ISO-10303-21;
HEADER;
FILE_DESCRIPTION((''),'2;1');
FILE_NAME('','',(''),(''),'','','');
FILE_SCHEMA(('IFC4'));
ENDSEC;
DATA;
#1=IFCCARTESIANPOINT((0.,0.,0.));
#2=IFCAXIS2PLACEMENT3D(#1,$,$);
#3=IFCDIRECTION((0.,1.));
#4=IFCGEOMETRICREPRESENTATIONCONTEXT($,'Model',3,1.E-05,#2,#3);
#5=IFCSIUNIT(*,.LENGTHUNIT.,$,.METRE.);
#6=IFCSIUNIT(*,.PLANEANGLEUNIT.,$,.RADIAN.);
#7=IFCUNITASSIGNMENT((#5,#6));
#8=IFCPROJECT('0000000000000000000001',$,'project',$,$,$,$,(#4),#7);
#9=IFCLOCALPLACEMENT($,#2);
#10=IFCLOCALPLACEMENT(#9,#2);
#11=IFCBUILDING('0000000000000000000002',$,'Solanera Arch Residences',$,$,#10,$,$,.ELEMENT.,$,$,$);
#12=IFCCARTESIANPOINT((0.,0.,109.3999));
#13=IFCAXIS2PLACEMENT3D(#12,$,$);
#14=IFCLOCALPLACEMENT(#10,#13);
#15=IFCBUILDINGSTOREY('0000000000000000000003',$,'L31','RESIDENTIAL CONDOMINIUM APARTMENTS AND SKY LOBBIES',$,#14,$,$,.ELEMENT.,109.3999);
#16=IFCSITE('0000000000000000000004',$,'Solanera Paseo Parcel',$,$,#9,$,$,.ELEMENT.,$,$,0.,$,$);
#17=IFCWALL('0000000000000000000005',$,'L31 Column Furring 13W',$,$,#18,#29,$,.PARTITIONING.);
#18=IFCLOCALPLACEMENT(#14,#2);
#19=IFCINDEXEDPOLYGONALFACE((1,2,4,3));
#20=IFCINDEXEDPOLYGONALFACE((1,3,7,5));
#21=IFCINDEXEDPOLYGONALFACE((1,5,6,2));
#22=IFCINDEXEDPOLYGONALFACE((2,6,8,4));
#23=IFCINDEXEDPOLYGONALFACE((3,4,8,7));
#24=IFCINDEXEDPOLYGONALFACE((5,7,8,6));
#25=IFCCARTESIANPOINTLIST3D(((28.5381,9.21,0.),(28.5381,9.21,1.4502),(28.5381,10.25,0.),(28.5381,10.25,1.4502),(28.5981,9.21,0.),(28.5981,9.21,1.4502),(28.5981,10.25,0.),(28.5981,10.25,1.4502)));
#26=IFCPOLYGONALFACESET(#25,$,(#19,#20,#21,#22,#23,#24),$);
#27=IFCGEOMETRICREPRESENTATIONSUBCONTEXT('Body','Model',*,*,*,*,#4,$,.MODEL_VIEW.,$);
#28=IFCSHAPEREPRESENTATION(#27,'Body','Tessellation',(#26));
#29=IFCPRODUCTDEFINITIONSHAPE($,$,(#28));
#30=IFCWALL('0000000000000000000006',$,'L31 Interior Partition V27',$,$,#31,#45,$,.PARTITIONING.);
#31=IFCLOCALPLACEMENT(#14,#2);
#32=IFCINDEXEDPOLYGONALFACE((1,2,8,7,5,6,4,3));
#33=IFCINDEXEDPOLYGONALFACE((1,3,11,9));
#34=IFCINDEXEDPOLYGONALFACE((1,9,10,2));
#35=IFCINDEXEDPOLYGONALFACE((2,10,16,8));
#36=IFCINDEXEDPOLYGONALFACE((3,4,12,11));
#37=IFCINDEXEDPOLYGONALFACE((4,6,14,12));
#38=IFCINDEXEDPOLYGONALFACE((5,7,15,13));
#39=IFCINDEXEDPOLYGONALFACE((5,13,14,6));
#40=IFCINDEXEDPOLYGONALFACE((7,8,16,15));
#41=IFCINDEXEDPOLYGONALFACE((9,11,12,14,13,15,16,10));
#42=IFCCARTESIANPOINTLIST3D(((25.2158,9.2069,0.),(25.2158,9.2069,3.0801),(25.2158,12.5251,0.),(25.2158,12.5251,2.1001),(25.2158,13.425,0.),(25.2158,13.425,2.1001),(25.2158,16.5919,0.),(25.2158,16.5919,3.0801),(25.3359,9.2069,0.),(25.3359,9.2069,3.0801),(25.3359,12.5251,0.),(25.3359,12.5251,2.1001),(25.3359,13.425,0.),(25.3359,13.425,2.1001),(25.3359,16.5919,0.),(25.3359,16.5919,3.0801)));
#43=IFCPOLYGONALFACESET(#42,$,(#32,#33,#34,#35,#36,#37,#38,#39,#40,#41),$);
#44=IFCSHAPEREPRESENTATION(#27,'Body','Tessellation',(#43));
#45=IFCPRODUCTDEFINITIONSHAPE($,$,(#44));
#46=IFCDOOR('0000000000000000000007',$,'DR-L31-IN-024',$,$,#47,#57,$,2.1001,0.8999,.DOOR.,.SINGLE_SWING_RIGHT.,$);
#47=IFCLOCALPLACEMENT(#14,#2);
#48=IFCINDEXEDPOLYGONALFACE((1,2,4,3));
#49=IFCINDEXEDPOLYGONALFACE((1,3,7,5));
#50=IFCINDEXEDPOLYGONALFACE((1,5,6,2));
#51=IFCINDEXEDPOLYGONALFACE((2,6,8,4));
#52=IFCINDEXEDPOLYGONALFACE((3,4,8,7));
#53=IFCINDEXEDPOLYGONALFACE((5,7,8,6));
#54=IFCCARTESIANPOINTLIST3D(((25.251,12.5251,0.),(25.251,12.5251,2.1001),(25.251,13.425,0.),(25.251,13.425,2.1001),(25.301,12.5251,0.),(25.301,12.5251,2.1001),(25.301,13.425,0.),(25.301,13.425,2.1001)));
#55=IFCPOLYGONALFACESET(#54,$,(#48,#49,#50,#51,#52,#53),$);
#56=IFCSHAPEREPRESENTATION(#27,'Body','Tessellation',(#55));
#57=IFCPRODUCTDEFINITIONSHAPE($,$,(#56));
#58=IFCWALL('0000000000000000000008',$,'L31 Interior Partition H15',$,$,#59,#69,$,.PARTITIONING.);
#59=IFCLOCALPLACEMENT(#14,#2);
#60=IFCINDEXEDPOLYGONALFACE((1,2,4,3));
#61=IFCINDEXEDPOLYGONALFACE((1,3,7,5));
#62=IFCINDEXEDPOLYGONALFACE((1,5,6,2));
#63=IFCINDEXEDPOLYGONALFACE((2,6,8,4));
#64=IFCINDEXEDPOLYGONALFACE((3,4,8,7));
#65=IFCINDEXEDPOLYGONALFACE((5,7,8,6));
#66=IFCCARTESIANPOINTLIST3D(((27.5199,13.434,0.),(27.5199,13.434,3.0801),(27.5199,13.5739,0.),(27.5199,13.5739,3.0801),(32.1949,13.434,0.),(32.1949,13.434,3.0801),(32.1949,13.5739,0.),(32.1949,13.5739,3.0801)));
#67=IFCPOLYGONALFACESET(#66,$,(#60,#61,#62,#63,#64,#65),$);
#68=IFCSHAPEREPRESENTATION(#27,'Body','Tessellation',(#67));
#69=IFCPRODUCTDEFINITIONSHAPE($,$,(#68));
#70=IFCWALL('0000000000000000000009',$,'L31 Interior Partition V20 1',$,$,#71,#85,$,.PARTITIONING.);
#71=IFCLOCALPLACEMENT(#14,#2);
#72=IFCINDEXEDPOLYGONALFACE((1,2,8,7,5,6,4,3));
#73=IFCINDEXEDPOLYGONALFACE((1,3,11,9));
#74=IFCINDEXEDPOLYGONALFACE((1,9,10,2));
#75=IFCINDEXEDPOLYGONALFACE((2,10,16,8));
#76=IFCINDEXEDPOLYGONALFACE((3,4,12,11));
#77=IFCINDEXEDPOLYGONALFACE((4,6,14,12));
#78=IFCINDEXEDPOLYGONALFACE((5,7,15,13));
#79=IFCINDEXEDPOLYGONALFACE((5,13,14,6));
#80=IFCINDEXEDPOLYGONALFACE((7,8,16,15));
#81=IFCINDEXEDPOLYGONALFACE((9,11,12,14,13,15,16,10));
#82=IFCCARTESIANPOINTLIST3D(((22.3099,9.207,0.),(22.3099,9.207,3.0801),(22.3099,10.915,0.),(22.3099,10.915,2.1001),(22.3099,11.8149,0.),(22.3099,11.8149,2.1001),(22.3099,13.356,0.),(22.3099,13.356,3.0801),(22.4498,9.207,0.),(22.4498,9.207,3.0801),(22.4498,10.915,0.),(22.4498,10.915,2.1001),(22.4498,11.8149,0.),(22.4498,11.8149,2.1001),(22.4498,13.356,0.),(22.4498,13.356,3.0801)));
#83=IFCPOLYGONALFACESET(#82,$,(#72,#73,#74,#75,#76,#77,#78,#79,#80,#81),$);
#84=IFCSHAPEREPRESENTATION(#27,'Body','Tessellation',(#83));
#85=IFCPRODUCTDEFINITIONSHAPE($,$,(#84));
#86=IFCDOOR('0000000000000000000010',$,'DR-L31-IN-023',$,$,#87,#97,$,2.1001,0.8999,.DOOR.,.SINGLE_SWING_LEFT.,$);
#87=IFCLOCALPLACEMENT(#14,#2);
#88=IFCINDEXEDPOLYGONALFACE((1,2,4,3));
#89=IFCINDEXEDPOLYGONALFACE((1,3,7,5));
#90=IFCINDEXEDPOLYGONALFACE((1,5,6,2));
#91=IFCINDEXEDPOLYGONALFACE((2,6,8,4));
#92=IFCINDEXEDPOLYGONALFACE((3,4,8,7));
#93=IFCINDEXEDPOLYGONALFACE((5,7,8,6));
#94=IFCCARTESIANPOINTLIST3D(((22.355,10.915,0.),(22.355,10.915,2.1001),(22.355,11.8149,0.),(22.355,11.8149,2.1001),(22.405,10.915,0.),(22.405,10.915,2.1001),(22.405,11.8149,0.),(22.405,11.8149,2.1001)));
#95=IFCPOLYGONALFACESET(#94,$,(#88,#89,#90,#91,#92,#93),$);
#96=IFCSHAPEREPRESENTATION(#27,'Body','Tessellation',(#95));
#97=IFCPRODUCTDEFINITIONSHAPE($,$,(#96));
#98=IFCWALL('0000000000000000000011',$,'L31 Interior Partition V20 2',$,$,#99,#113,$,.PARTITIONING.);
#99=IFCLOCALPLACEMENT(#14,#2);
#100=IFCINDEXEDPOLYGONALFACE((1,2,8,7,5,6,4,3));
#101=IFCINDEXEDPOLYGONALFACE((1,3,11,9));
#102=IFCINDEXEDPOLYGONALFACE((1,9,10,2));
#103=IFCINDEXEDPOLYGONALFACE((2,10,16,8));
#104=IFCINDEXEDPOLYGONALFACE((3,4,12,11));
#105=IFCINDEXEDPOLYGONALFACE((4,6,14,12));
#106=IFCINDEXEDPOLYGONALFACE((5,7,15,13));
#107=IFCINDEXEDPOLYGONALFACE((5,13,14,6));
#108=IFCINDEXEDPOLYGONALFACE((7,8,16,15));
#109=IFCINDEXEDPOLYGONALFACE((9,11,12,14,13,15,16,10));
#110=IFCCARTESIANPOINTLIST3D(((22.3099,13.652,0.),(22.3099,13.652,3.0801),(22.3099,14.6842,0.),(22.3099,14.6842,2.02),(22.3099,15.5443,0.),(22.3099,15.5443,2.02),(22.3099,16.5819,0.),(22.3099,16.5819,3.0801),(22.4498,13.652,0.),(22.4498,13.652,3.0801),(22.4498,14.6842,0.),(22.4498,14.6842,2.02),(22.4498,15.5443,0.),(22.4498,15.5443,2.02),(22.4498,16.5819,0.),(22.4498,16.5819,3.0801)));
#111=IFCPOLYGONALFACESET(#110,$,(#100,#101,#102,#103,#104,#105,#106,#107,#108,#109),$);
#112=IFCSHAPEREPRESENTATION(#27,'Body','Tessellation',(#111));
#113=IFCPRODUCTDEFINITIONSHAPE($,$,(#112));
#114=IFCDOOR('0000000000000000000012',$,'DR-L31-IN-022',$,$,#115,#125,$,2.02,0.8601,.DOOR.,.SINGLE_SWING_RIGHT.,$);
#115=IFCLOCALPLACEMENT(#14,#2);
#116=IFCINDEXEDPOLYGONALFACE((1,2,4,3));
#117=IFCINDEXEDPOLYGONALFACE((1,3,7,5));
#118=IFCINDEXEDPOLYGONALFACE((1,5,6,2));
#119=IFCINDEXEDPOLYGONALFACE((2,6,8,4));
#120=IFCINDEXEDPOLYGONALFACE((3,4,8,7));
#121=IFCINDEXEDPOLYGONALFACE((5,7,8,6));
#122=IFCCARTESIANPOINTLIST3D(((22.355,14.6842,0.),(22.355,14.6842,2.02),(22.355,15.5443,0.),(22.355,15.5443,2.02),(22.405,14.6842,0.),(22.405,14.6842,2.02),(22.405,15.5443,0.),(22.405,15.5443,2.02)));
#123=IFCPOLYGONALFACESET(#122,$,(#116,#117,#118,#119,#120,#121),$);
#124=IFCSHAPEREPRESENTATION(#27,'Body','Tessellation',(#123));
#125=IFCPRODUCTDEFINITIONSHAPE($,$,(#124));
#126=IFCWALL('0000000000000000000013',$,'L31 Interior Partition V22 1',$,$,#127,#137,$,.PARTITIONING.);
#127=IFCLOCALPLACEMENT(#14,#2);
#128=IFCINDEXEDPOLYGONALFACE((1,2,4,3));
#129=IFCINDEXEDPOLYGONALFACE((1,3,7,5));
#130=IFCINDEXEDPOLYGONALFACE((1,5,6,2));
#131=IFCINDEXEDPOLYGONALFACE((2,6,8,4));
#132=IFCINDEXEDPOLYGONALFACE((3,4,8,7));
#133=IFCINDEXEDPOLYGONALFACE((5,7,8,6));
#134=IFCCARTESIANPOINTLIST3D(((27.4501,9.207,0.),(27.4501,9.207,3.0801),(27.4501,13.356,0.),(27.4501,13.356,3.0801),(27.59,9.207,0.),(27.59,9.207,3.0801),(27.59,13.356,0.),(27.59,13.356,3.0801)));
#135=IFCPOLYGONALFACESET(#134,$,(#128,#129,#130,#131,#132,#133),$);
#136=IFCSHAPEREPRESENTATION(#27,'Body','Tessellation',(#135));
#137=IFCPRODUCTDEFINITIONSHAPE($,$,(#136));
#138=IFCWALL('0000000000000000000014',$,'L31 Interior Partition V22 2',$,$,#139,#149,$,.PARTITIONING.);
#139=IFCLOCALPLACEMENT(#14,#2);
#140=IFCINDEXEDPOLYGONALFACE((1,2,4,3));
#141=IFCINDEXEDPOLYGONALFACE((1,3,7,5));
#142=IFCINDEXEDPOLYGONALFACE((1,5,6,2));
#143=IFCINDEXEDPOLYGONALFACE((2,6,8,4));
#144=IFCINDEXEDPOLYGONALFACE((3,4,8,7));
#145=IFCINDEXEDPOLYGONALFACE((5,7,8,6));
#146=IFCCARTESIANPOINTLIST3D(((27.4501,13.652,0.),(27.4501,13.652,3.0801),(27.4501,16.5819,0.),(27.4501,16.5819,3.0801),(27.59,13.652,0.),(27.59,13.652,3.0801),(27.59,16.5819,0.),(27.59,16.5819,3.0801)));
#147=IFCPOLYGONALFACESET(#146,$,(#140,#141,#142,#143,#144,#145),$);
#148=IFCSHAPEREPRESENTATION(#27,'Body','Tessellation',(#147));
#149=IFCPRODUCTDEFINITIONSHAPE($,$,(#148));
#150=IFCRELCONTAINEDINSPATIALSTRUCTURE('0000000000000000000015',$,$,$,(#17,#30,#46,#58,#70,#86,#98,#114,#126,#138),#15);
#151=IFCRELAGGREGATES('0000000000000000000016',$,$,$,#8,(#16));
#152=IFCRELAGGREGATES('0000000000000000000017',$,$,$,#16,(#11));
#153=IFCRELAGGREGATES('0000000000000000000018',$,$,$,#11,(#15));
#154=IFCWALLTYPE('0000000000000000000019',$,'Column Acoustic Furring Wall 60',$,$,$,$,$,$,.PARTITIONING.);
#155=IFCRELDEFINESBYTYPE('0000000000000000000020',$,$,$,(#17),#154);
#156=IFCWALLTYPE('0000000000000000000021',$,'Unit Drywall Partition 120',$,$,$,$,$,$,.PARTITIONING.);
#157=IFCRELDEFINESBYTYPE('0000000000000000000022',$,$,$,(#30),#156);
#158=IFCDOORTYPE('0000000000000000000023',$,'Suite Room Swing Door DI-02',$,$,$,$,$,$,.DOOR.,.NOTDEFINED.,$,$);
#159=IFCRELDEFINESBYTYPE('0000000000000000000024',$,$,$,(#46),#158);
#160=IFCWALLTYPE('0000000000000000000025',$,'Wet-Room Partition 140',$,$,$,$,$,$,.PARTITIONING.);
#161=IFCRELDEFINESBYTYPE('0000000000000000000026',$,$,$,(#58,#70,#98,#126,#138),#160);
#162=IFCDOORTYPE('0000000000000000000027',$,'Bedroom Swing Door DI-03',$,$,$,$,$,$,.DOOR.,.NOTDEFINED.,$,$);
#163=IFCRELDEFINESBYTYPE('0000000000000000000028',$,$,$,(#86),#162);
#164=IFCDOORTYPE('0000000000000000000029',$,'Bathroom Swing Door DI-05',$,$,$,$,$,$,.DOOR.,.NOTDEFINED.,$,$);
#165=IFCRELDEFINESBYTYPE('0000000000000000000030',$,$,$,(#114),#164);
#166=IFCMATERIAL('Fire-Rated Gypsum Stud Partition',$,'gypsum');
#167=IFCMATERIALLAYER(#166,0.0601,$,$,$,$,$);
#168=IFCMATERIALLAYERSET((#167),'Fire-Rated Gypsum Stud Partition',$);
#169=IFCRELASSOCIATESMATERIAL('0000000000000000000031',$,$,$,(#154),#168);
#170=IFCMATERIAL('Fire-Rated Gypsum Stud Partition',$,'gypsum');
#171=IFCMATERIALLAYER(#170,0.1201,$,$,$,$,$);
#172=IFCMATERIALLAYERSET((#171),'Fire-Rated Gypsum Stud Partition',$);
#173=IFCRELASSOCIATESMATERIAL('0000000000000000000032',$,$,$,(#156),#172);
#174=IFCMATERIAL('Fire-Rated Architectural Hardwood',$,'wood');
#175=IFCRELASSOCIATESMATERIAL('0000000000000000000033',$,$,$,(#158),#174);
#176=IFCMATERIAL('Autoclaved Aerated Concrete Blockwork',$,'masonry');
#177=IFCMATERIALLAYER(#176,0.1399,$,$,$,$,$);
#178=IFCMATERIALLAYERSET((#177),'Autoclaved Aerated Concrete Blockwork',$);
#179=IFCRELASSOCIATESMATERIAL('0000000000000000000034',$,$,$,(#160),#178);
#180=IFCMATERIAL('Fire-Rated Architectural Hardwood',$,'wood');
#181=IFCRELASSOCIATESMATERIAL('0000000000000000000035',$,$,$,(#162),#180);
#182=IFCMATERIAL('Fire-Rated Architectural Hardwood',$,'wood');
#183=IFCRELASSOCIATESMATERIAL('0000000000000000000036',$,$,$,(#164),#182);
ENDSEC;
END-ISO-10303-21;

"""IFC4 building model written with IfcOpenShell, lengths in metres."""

from ifc_helpers import new_model, si_unit, direction, frame, frame_2d, origin, place, context, subcontext, project, spatial, rectangle, extrude, material, layer, layer_set, type_object, element, fill, save


model = new_model("IFC4")

# Units and contexts
model_context = context("Model", 3, precision=1e-05, world=origin(), true_north=direction((0.0, 1.0)))
body_context = subcontext(model_context, "Body", "Model", "MODEL_VIEW")
ifc_project = project(units=[si_unit("LENGTHUNIT", "METRE"), si_unit("PLANEANGLEUNIT", "RADIAN")], contexts=[model_context])

# Site, building, storey
site_placement = place(None, origin())
site = spatial("IfcSite", under=ifc_project, at=site_placement, Name="Solanera Paseo Parcel", CompositionType="ELEMENT", RefElevation=0.0)
building_placement = place(site_placement, origin())
building = spatial("IfcBuilding", under=site, at=building_placement, Name="Solanera Arch Residences", CompositionType="ELEMENT")
storey_placement = place(building_placement, frame((0.0, 0.0, 109.3999)))
storey = spatial("IfcBuildingStorey", under=building, at=storey_placement, Name="L31", Description="RESIDENTIAL CONDOMINIUM APARTMENTS AND SKY LOBBIES", CompositionType="ELEMENT", Elevation=109.3999)

# Wall
ifc_material_1 = material(Name="Fire-Rated Gypsum Stud Partition", Category="gypsum")
ifc_layer_1 = layer(ifc_material_1, 0.0601)
ifc_layer_set_1 = layer_set([ifc_layer_1], Name="Fire-Rated Gypsum Stud Partition")
wall_type_1 = type_object("IfcWallType", Name="Column Acoustic Furring Wall 60", PredefinedType="PARTITIONING", material=ifc_layer_set_1)
wall_1_placement = place(storey_placement, frame((28.5681, 9.21, 0.0), z_axis=(0.0, 0.0, 1.0), x_axis=(0.0, 1.0, 0.0)))
element("IfcWall", 1, at=wall_1_placement, inside=storey, type_object=wall_type_1, Name="L31 Column Furring 13W", PredefinedType="PARTITIONING", context=body_context, shape_type="SweptSolid", body=[
    extrude(rectangle(XDim=1.04, YDim=0.0601, at=frame_2d((0.52, 0.0))), origin(), (0.0, 0.0, 1.0), 1.4502),
])

# Wall, opening, door
ifc_material_2 = material(Name="Fire-Rated Gypsum Stud Partition", Category="gypsum")
ifc_layer_2 = layer(ifc_material_2, 0.1201)
ifc_layer_set_2 = layer_set([ifc_layer_2], Name="Fire-Rated Gypsum Stud Partition")
wall_type_2 = type_object("IfcWallType", Name="Unit Drywall Partition 120", PredefinedType="PARTITIONING", material=ifc_layer_set_2)
wall_2_placement = place(storey_placement, frame((25.2759, 9.207, 0.0), z_axis=(0.0, 0.0, 1.0), x_axis=(0.0, 1.0, 0.0)))
wall_2 = element("IfcWall", 2, at=wall_2_placement, inside=storey, type_object=wall_type_2, Name="L31 Interior Partition V27", PredefinedType="PARTITIONING", context=body_context, shape_type="SweptSolid", body=[
    extrude(rectangle(XDim=7.385, YDim=0.1201, at=frame_2d((3.6924, 0.0))), origin(), (0.0, 0.0, 1.0), 3.0801),
])
opening_1_placement = place(wall_2_placement, frame((3.3181, 0.0, 0.0)))
opening_1 = element("IfcOpeningElement", 3, at=opening_1_placement, cuts=wall_2, PredefinedType="OPENING", context=body_context, shape_type="SweptSolid", body=[
    extrude(rectangle(XDim=0.8999, YDim=2.1001, at=frame_2d((0.45, 1.05))), frame((0.0, 0.0701, 0.0), z_axis=(0.0, -1.0, 0.0), x_axis=(1.0, 0.0, 0.0)), (0.0, 0.0, 1.0), 0.1401),
])
ifc_material_3 = material(Name="Fire-Rated Architectural Hardwood", Category="wood")
door_type_1 = type_object("IfcDoorType", Name="Suite Room Swing Door DI-02", OperationType="NOTDEFINED", PredefinedType="DOOR", material=ifc_material_3)
door_1_placement = place(opening_1_placement, origin())
door_1 = element("IfcDoor", 4, at=door_1_placement, inside=storey, type_object=door_type_1, Name="DR-L31-IN-024", OperationType="SINGLE_SWING_RIGHT", OverallHeight=2.1001, OverallWidth=0.8999, PredefinedType="DOOR", context=body_context, shape_type="SweptSolid", body=[
    extrude(rectangle(XDim=0.8999, YDim=2.1001, at=frame_2d((0.45, 1.05))), frame((0.0, 0.0249, 0.0), z_axis=(0.0, -1.0, 0.0), x_axis=(1.0, 0.0, 0.0)), (0.0, 0.0, 1.0), 0.05),
])
fill(opening_1, door_1)

# Wall
ifc_material_4 = material(Name="Autoclaved Aerated Concrete Blockwork", Category="masonry")
ifc_layer_3 = layer(ifc_material_4, 0.1399)
ifc_layer_set_3 = layer_set([ifc_layer_3], Name="Autoclaved Aerated Concrete Blockwork")
wall_type_3 = type_object("IfcWallType", Name="Wet-Room Partition 140", PredefinedType="PARTITIONING", material=ifc_layer_set_3)
wall_3_placement = place(storey_placement, frame((27.52, 13.5039, 0.0), z_axis=(0.0, 0.0, 1.0), x_axis=(1.0, 0.0, 0.0)))
element("IfcWall", 5, at=wall_3_placement, inside=storey, type_object=wall_type_3, Name="L31 Interior Partition H15", PredefinedType="PARTITIONING", context=body_context, shape_type="SweptSolid", body=[
    extrude(rectangle(XDim=4.675, YDim=0.1399, at=frame_2d((2.3374, 0.0))), origin(), (0.0, 0.0, 1.0), 3.0801),
])

# Walls, openings, doors
wall_4_placement = place(storey_placement, frame((22.3799, 9.207, 0.0), z_axis=(0.0, 0.0, 1.0), x_axis=(0.0, 1.0, 0.0)))
wall_4 = element("IfcWall", 6, at=wall_4_placement, inside=storey, type_object=wall_type_3, Name="L31 Interior Partition V20 1", PredefinedType="PARTITIONING", context=body_context, shape_type="SweptSolid", body=[
    extrude(rectangle(XDim=4.1489, YDim=0.1399, at=frame_2d((2.0745, 0.0))), origin(), (0.0, 0.0, 1.0), 3.0801),
])
opening_2_placement = place(wall_4_placement, frame((1.708, 0.0, 0.0)))
opening_2 = element("IfcOpeningElement", 7, at=opening_2_placement, cuts=wall_4, PredefinedType="OPENING", context=body_context, shape_type="SweptSolid", body=[
    extrude(rectangle(XDim=0.8999, YDim=2.1001, at=frame_2d((0.45, 1.05))), frame((0.0, 0.0798, 0.0), z_axis=(0.0, -1.0, 0.0), x_axis=(1.0, 0.0, 0.0)), (0.0, 0.0, 1.0), 0.1599),
])
ifc_material_5 = material(Name="Fire-Rated Architectural Hardwood", Category="wood")
door_type_2 = type_object("IfcDoorType", Name="Bedroom Swing Door DI-03", OperationType="NOTDEFINED", PredefinedType="DOOR", material=ifc_material_5)
door_2_placement = place(opening_2_placement, origin())
door_2 = element("IfcDoor", 8, at=door_2_placement, inside=storey, type_object=door_type_2, Name="DR-L31-IN-023", OperationType="SINGLE_SWING_LEFT", OverallHeight=2.1001, OverallWidth=0.8999, PredefinedType="DOOR", context=body_context, shape_type="SweptSolid", body=[
    extrude(rectangle(XDim=0.8999, YDim=2.1001, at=frame_2d((0.45, 1.05))), frame((0.0, 0.0249, 0.0), z_axis=(0.0, -1.0, 0.0), x_axis=(1.0, 0.0, 0.0)), (0.0, 0.0, 1.0), 0.05),
])
fill(opening_2, door_2)
wall_5_placement = place(storey_placement, frame((22.3799, 13.6521, 0.0), z_axis=(0.0, 0.0, 1.0), x_axis=(0.0, 1.0, 0.0)))
wall_5 = element("IfcWall", 9, at=wall_5_placement, inside=storey, type_object=wall_type_3, Name="L31 Interior Partition V20 2", PredefinedType="PARTITIONING", context=body_context, shape_type="SweptSolid", body=[
    extrude(rectangle(XDim=2.9299, YDim=0.1399, at=frame_2d((1.4648, 0.0))), origin(), (0.0, 0.0, 1.0), 3.0801),
])
opening_3_placement = place(wall_5_placement, frame((1.032, 0.0, 0.0)))
opening_3 = element("IfcOpeningElement", 10, at=opening_3_placement, cuts=wall_5, PredefinedType="OPENING", context=body_context, shape_type="SweptSolid", body=[
    extrude(rectangle(XDim=0.8601, YDim=2.02, at=frame_2d((0.4302, 1.01))), frame((0.0, 0.0798, 0.0), z_axis=(0.0, -1.0, 0.0), x_axis=(1.0, 0.0, 0.0)), (0.0, 0.0, 1.0), 0.1599),
])
ifc_material_6 = material(Name="Fire-Rated Architectural Hardwood", Category="wood")
door_type_3 = type_object("IfcDoorType", Name="Bathroom Swing Door DI-05", OperationType="NOTDEFINED", PredefinedType="DOOR", material=ifc_material_6)
door_3_placement = place(opening_3_placement, origin())
door_3 = element("IfcDoor", 11, at=door_3_placement, inside=storey, type_object=door_type_3, Name="DR-L31-IN-022", OperationType="SINGLE_SWING_RIGHT", OverallHeight=2.02, OverallWidth=0.8601, PredefinedType="DOOR", context=body_context, shape_type="SweptSolid", body=[
    extrude(rectangle(XDim=0.8601, YDim=2.02, at=frame_2d((0.4302, 1.01))), frame((0.0, 0.0249, 0.0), z_axis=(0.0, -1.0, 0.0), x_axis=(1.0, 0.0, 0.0)), (0.0, 0.0, 1.0), 0.05),
])
fill(opening_3, door_3)

# Walls
wall_6_placement = place(storey_placement, frame((27.52, 9.207, 0.0), z_axis=(0.0, 0.0, 1.0), x_axis=(0.0, 1.0, 0.0)))
element("IfcWall", 12, at=wall_6_placement, inside=storey, type_object=wall_type_3, Name="L31 Interior Partition V22 1", PredefinedType="PARTITIONING", context=body_context, shape_type="SweptSolid", body=[
    extrude(rectangle(XDim=4.1489, YDim=0.1399, at=frame_2d((2.0745, 0.0))), origin(), (0.0, 0.0, 1.0), 3.0801),
])
wall_7_placement = place(storey_placement, frame((27.52, 13.6521, 0.0), z_axis=(0.0, 0.0, 1.0), x_axis=(0.0, 1.0, 0.0)))
element("IfcWall", 13, at=wall_7_placement, inside=storey, type_object=wall_type_3, Name="L31 Interior Partition V22 2", PredefinedType="PARTITIONING", context=body_context, shape_type="SweptSolid", body=[
    extrude(rectangle(XDim=2.9299, YDim=0.1399, at=frame_2d((1.4648, 0.0))), origin(), (0.0, 0.0, 1.0), 3.0801),
])

save(model, "model.ifc")
